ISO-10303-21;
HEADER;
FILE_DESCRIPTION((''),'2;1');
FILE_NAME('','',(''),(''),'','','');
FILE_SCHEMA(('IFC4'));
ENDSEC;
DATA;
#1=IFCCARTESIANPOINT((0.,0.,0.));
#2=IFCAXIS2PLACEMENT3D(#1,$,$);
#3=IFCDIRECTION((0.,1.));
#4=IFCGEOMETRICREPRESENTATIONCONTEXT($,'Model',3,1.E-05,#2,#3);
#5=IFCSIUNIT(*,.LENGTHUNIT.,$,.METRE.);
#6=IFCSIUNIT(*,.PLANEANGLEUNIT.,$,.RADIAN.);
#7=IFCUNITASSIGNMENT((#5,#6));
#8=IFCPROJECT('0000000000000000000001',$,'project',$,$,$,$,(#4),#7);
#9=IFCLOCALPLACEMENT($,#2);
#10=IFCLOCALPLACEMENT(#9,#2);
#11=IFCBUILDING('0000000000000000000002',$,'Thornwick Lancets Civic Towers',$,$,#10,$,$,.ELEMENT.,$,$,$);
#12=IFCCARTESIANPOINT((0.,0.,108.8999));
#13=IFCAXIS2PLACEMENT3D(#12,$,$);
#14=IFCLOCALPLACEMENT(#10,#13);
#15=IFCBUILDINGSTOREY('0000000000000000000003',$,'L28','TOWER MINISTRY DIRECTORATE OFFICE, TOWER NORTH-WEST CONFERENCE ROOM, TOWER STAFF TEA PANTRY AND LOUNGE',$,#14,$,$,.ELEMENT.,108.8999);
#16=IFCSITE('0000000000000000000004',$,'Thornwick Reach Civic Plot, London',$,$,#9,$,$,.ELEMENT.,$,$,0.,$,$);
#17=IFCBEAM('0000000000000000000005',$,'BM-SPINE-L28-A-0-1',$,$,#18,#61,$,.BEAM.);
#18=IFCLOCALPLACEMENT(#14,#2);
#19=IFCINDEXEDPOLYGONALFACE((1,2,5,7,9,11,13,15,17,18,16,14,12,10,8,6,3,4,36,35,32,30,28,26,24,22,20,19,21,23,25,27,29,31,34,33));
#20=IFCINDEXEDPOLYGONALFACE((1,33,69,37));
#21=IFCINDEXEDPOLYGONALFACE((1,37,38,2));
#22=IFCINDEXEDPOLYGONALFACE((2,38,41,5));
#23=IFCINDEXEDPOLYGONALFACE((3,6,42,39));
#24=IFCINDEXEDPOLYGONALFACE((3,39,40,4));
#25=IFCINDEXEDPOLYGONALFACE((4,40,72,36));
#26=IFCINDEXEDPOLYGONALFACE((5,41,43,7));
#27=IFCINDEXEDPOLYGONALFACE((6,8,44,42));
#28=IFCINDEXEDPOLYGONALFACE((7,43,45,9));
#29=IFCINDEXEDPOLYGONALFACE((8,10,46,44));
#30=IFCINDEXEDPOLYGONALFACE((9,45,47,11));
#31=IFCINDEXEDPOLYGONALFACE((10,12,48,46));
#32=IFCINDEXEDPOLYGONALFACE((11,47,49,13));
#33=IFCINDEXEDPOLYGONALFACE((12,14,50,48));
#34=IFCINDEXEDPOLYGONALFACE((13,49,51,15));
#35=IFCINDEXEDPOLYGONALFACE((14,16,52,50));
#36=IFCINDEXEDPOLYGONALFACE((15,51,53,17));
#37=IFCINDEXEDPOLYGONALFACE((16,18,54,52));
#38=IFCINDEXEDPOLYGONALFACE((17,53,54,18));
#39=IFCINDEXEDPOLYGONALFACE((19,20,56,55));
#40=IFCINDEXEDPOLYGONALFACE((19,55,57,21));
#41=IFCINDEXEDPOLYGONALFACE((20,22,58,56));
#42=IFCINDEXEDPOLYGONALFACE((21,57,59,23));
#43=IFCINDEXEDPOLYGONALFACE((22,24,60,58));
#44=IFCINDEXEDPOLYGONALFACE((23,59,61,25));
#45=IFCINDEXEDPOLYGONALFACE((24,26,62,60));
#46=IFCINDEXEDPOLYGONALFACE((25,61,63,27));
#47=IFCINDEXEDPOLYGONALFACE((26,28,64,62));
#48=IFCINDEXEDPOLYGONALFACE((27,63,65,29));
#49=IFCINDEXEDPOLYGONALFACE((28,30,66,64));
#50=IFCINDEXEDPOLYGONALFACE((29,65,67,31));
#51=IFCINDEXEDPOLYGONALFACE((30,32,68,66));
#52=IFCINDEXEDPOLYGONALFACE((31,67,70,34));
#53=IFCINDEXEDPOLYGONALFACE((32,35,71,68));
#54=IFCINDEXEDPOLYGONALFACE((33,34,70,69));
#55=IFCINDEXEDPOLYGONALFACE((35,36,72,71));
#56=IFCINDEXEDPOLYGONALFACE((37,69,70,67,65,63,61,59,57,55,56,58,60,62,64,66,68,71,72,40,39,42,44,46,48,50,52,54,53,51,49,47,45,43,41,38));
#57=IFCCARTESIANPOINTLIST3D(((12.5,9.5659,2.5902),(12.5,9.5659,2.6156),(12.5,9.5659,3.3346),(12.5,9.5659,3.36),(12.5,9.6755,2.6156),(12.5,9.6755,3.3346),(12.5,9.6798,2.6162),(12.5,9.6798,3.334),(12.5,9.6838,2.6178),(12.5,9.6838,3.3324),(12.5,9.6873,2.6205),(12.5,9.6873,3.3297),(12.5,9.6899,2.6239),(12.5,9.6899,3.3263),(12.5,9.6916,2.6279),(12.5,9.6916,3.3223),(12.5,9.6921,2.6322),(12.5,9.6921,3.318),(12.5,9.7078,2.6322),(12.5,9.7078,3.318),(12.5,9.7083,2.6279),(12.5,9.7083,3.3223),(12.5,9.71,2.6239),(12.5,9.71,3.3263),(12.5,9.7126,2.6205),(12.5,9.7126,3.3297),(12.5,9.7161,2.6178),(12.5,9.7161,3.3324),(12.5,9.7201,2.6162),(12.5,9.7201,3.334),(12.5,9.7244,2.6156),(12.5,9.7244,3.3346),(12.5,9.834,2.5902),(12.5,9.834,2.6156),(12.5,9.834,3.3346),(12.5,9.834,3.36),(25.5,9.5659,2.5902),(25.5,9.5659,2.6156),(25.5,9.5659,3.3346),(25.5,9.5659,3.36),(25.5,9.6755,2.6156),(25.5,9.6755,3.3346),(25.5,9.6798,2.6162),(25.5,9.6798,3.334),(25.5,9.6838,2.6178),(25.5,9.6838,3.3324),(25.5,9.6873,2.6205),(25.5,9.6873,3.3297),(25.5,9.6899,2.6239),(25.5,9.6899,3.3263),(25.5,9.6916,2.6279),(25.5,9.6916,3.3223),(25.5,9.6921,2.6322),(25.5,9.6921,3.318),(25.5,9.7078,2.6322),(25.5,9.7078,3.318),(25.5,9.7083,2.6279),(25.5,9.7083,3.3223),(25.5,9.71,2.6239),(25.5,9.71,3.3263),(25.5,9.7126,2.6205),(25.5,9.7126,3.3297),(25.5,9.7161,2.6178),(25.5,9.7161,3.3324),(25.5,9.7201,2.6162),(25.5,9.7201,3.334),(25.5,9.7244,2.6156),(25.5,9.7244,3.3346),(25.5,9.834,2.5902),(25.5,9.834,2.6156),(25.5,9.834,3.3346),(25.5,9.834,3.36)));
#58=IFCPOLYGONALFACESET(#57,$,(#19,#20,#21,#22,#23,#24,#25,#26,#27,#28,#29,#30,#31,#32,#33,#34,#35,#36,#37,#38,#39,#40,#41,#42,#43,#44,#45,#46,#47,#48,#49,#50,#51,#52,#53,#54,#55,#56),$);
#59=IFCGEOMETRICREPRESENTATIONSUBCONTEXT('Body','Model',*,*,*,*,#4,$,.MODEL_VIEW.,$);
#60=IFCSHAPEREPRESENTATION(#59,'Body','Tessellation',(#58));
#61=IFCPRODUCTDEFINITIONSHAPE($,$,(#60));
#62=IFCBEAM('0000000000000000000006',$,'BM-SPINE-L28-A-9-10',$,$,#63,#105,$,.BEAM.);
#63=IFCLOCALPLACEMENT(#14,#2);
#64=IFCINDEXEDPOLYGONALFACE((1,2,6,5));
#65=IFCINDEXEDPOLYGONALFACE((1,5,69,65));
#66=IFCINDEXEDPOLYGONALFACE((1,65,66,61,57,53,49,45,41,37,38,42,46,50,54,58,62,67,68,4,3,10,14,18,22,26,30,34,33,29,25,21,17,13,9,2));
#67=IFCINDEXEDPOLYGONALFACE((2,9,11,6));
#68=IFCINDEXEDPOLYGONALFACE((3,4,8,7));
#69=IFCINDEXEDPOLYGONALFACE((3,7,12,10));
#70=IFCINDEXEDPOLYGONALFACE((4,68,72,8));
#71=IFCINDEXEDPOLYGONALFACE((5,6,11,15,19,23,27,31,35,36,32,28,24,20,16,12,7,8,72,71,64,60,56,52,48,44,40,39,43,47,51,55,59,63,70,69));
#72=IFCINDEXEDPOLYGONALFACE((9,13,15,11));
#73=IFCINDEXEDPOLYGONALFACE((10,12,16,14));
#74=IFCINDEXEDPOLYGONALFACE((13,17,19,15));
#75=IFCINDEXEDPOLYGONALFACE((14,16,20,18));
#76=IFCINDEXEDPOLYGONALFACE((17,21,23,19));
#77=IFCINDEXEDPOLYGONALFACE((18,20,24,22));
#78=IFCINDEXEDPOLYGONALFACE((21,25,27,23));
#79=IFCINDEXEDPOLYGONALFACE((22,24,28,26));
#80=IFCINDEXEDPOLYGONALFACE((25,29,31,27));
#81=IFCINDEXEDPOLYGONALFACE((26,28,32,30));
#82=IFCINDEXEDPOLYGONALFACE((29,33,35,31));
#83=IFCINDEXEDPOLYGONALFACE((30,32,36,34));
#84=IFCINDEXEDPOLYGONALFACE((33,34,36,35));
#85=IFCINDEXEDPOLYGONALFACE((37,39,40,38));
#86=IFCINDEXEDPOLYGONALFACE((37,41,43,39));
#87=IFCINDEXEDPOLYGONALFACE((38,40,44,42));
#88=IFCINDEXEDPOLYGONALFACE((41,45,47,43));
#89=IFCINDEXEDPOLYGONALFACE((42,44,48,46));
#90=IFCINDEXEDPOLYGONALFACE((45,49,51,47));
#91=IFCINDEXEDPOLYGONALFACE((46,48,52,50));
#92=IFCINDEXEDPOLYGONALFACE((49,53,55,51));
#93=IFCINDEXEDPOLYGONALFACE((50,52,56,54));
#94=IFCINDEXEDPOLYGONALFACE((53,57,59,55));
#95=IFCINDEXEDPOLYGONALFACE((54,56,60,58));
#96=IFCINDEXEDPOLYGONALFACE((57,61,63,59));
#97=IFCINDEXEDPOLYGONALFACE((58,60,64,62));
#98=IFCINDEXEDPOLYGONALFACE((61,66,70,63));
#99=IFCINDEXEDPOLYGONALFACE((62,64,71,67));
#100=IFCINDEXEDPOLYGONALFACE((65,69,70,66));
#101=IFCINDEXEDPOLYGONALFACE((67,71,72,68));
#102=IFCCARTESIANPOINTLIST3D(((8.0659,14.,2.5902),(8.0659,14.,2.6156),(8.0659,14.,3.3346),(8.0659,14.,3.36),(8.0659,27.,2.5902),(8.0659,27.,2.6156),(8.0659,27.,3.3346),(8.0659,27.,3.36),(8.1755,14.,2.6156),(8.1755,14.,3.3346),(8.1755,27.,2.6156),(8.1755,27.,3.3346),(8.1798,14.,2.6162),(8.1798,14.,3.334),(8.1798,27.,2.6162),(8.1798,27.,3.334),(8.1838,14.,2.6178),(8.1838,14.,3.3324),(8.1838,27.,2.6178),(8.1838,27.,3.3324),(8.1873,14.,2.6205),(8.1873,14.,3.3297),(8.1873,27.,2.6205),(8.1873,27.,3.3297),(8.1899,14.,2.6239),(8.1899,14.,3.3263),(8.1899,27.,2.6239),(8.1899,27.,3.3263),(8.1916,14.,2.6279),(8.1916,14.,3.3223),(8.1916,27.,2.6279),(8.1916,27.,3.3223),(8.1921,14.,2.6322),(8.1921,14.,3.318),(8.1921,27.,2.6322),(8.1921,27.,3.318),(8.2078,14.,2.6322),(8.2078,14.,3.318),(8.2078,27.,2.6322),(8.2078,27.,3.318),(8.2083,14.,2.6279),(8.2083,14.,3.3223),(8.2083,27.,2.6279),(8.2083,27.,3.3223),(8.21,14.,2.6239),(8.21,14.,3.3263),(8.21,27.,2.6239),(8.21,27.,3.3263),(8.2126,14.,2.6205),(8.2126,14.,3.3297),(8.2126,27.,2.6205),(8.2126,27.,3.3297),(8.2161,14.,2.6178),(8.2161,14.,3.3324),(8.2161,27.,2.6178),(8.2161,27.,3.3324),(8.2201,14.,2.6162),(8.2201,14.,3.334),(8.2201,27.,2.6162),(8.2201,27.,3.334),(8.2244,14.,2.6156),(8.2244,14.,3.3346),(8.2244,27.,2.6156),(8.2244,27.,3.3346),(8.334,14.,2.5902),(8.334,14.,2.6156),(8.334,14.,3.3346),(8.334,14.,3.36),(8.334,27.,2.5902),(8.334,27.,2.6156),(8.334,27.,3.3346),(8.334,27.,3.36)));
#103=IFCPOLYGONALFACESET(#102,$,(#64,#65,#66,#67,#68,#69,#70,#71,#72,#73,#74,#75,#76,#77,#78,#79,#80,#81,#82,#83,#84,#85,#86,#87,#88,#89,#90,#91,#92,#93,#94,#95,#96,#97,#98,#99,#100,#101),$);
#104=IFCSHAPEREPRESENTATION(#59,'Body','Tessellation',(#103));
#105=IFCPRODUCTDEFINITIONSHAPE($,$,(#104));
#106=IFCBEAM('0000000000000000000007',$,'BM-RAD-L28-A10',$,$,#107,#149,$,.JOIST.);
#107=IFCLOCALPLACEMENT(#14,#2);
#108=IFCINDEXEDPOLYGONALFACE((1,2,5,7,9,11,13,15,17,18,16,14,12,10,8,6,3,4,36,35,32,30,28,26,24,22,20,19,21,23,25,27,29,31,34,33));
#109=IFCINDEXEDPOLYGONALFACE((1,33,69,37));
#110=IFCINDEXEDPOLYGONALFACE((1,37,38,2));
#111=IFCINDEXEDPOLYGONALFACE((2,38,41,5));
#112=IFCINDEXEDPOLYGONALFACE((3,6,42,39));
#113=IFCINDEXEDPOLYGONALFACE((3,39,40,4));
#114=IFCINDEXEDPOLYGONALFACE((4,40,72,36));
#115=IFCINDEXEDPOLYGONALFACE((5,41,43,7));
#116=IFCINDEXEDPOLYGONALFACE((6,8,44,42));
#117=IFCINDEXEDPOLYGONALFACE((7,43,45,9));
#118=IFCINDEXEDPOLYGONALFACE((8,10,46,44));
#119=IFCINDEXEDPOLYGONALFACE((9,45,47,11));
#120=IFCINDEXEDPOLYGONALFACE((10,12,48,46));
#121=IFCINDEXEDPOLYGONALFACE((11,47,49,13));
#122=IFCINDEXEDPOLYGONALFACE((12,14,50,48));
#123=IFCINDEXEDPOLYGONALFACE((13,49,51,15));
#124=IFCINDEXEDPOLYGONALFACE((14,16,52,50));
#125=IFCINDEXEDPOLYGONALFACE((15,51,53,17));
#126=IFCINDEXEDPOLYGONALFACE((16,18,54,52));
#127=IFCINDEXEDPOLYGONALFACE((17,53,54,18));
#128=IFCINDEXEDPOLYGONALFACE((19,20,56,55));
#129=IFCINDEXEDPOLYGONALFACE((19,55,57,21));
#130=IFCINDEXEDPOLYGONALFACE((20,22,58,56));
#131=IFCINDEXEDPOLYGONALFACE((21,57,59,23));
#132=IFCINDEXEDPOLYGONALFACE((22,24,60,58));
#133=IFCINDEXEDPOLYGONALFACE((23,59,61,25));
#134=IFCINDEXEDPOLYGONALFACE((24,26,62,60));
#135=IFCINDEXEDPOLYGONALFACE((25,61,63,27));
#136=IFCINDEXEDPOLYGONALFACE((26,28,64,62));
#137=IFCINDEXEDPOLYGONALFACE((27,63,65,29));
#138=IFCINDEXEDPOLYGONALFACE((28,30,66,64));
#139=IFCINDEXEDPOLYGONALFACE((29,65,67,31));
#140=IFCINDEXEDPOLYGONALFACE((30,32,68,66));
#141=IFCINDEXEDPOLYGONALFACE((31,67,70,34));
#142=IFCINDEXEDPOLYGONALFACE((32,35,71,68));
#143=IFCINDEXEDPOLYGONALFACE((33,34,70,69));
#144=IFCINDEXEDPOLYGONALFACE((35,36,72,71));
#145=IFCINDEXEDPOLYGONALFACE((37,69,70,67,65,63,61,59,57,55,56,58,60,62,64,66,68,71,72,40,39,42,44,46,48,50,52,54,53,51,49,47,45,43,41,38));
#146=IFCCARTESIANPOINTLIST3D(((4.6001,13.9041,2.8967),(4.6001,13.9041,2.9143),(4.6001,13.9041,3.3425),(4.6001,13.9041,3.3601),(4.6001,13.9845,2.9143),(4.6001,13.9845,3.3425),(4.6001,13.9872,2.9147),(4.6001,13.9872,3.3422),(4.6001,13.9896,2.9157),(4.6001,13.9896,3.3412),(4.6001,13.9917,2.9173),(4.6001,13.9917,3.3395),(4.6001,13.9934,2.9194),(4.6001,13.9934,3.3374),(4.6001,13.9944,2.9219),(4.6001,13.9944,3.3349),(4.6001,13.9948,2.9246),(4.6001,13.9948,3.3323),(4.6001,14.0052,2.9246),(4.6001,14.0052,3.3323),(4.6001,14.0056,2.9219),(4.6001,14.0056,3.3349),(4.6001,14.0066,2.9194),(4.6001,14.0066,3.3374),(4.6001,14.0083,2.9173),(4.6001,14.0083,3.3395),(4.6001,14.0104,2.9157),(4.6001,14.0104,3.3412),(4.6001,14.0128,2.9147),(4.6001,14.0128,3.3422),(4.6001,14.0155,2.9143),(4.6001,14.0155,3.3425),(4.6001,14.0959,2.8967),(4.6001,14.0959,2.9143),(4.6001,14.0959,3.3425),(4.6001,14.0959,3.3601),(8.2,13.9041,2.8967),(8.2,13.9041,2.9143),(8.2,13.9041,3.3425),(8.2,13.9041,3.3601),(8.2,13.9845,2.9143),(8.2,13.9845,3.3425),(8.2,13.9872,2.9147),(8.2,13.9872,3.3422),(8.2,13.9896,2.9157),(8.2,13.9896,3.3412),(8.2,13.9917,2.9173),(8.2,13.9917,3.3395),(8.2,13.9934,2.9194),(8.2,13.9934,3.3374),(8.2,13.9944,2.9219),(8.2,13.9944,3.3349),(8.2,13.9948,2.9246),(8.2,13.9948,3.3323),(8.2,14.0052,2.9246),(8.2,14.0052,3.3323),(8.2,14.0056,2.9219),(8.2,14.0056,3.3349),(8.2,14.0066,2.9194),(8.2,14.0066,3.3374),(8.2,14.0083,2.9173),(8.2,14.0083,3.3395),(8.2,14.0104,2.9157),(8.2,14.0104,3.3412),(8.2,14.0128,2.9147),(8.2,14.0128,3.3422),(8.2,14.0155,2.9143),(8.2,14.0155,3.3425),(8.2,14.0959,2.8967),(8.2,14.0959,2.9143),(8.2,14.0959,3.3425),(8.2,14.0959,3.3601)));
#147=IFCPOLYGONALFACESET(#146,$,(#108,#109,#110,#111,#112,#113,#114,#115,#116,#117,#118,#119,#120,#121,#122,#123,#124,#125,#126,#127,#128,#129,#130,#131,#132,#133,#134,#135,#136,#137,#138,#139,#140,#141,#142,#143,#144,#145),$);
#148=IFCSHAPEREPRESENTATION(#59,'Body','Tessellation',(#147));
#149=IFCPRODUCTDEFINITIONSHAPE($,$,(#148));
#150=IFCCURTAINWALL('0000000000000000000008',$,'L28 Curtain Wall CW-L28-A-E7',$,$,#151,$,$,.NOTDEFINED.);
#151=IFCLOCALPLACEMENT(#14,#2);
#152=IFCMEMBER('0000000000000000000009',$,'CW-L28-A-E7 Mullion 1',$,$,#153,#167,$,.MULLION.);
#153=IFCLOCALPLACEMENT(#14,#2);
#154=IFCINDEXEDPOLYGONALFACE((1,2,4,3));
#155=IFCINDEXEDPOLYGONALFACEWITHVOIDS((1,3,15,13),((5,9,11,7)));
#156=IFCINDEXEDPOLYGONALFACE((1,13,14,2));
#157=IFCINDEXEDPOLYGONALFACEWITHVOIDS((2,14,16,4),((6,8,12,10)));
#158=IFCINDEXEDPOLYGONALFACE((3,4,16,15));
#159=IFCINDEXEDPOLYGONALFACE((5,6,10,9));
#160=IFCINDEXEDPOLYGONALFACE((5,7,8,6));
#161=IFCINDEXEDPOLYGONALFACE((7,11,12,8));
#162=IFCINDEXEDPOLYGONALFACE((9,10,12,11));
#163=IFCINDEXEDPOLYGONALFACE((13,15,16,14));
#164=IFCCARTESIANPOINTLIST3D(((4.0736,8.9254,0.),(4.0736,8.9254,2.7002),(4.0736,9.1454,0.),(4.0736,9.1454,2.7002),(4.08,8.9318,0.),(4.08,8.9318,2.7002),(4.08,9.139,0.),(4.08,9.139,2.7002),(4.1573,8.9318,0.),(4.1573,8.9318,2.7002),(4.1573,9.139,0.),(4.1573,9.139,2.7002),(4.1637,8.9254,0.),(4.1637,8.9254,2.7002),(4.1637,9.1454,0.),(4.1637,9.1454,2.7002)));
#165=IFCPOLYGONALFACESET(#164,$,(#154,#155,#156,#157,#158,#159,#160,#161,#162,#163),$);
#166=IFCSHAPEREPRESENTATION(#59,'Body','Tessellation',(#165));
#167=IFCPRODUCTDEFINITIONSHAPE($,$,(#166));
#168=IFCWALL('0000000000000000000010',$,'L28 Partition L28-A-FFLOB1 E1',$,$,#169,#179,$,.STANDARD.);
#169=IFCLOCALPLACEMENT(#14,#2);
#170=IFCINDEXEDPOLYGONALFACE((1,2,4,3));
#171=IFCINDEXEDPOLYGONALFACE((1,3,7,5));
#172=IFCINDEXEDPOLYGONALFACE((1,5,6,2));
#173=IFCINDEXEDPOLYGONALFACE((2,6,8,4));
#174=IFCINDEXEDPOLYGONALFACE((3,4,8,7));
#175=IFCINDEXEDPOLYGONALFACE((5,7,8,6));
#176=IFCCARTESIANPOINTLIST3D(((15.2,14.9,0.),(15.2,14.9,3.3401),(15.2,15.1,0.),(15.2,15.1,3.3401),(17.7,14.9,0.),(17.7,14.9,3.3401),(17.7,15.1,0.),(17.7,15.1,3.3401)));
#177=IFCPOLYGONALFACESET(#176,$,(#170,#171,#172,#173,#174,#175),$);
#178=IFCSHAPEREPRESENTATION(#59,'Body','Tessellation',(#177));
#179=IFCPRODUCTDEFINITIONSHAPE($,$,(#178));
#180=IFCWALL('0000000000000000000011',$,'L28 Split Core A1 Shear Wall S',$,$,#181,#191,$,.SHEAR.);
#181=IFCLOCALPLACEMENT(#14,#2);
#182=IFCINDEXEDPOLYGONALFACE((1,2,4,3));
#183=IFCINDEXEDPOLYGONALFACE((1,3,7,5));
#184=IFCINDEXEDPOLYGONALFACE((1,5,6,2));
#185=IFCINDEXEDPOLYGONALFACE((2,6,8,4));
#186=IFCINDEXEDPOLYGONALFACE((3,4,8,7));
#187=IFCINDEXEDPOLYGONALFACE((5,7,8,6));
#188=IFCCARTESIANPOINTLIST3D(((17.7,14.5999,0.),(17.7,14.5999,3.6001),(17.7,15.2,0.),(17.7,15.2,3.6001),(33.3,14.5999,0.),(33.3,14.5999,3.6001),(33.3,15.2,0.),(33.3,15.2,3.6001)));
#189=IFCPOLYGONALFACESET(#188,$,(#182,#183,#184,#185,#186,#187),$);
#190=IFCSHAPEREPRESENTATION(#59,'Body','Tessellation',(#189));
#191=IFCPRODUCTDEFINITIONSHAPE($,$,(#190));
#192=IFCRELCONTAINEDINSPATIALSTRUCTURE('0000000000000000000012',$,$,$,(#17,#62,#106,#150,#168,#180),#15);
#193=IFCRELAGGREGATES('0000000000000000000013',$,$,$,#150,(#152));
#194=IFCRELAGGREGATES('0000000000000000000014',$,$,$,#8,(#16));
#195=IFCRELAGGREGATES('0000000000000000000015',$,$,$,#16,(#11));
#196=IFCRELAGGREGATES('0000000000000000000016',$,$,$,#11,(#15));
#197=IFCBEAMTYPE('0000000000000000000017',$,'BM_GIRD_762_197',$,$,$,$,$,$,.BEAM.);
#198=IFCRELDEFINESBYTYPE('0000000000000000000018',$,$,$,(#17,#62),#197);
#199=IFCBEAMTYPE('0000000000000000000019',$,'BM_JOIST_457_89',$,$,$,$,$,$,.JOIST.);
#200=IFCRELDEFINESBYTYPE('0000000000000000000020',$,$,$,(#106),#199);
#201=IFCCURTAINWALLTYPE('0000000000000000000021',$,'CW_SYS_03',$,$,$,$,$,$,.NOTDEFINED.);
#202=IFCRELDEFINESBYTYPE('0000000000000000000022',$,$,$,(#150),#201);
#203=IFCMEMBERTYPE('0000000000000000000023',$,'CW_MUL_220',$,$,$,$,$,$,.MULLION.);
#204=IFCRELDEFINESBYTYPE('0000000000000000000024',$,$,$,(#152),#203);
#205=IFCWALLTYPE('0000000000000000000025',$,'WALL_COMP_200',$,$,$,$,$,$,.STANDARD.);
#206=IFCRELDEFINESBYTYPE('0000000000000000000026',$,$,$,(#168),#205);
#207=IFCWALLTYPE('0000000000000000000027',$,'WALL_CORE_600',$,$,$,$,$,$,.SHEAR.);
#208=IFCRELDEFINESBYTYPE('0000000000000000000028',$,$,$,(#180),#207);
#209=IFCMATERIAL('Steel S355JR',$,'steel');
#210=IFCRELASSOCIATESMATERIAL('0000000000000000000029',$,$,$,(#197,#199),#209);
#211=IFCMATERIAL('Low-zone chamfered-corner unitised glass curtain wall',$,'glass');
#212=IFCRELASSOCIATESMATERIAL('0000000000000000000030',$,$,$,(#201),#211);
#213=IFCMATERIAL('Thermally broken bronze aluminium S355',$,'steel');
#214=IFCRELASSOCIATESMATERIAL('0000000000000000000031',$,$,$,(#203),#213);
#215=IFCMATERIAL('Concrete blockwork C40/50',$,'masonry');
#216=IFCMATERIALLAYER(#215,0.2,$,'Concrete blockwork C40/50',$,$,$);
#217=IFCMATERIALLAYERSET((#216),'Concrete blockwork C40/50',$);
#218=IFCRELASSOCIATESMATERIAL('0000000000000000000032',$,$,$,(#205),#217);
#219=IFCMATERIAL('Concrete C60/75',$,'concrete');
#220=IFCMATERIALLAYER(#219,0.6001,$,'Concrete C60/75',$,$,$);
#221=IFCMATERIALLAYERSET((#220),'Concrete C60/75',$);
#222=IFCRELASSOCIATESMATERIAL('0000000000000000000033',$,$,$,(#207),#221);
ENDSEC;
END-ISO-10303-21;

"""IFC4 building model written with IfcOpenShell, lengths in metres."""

from ifc_helpers import new_model, si_unit, direction, frame, frame_2d, origin, origin_2d, place, context, subcontext, project, spatial, rectangle, hollow_rectangle, i_section, extrude, material, layer, layer_set, material_profile, profile_set, type_object, element, aggregate, save


model = new_model("IFC4")

# Units and contexts
model_context = context("Model", 3, precision=1e-05, world=origin(), true_north=direction((0.0, 1.0)))
body_context = subcontext(model_context, "Body", "Model", "MODEL_VIEW")
ifc_project = project(units=[si_unit("LENGTHUNIT", "METRE"), si_unit("PLANEANGLEUNIT", "RADIAN")], contexts=[model_context])

# Site, building, storey
site_placement = place(None, origin())
site = spatial("IfcSite", under=ifc_project, at=site_placement, Name="Thornwick Reach Civic Plot, London", CompositionType="ELEMENT", RefElevation=0.0)
building_placement = place(site_placement, origin())
building = spatial("IfcBuilding", under=site, at=building_placement, Name="Thornwick Lancets Civic Towers", CompositionType="ELEMENT")
storey_placement = place(building_placement, frame((0.0, 0.0, 108.8999)))
storey = spatial("IfcBuildingStorey", under=building, at=storey_placement, Name="L28", Description="TOWER MINISTRY DIRECTORATE OFFICE, TOWER NORTH-WEST CONFERENCE ROOM, TOWER STAFF TEA PANTRY AND LOUNGE", CompositionType="ELEMENT", Elevation=108.8999)

# Shared definitions
ifc_material_1 = material(Name="Concrete C60/75", Category="concrete")

# Beams
ifc_material_2 = material(Name="Steel S355JR", Category="steel")
ifc_material_profile_1 = material_profile(ifc_material_2, i_section(OverallWidth=0.2681, OverallDepth=0.7698, WebThickness=0.0156, FlangeThickness=0.0254, FilletRadius=0.0166, at=origin_2d()), Name="UKB 762x267x197")
ifc_profile_set_1 = profile_set([ifc_material_profile_1], Name="Steel S355JR")
beam_type_1 = type_object("IfcBeamType", Name="BM_GIRD_762_197", PredefinedType="BEAM", material=ifc_profile_set_1)
for number, where, z_axis, x_axis, name in (
    (1, (12.5, 9.7, 2.9751), (1.0, 0.0, 0.0), (0.0, 1.0, 0.0), "BM-SPINE-L28-A-0-1"),
    (2, (8.2, 14.0, 2.9751), (0.0, 1.0, 0.0), (-1.0, 0.0, 0.0), "BM-SPINE-L28-A-9-10"),
):
    element("IfcBeam", number, at=place(storey_placement, frame(where, z_axis=z_axis, x_axis=x_axis)), inside=storey, type_object=beam_type_1, Name=name, PredefinedType="BEAM", context=body_context, shape_type="SweptSolid", body=[
        extrude(i_section(OverallWidth=0.2681, OverallDepth=0.7698, WebThickness=0.0156, FlangeThickness=0.0254, FilletRadius=0.0166, at=origin_2d()), origin(), (0.0, 0.0, 1.0), 13.0),
    ])
ifc_material_profile_2 = material_profile(ifc_material_2, i_section(OverallWidth=0.1919, OverallDepth=0.4634, WebThickness=0.0105, FlangeThickness=0.0176, FilletRadius=0.0103, at=origin_2d()), Name="UKB 457x191x89")
ifc_profile_set_2 = profile_set([ifc_material_profile_2], Name="Steel S355JR")
beam_type_2 = type_object("IfcBeamType", Name="BM_JOIST_457_89", PredefinedType="JOIST", material=ifc_profile_set_2)
beam_1_placement = place(storey_placement, frame((8.2, 14.0, 3.1284), z_axis=(-1.0, 0.0, 0.0), x_axis=(0.0, -1.0, 0.0)))
element("IfcBeam", 3, at=beam_1_placement, inside=storey, type_object=beam_type_2, Name="BM-RAD-L28-A10", PredefinedType="JOIST", context=body_context, shape_type="SweptSolid", body=[
    extrude(i_section(OverallWidth=0.1919, OverallDepth=0.4634, WebThickness=0.0105, FlangeThickness=0.0176, FilletRadius=0.0103, at=origin_2d()), origin(), (0.0, 0.0, 1.0), 3.5999),
])

# Curtain wall, member
ifc_material_3 = material(Name="Low-zone chamfered-corner unitised glass curtain wall", Category="glass")
curtain_wall_type = type_object("IfcCurtainWallType", Name="CW_SYS_03", PredefinedType="NOTDEFINED", material=ifc_material_3)
curtain_wall_placement = place(storey_placement, origin())
curtain_wall = element("IfcCurtainWall", 4, at=curtain_wall_placement, inside=storey, type_object=curtain_wall_type, Name="L28 Curtain Wall CW-L28-A-E7", PredefinedType="NOTDEFINED")
ifc_material_4 = material(Name="Thermally broken bronze aluminium S355", Category="steel")
ifc_material_profile_3 = material_profile(ifc_material_4, hollow_rectangle(XDim=0.0901, YDim=0.22, WallThickness=0.0063, at=origin_2d()), Name="RHS 220x90x6.3")
ifc_profile_set_3 = profile_set([ifc_material_profile_3], Name="Thermally broken bronze aluminium S355")
member_type = type_object("IfcMemberType", Name="CW_MUL_220", PredefinedType="MULLION", material=ifc_profile_set_3)
member_placement = place(storey_placement, frame((4.1187, 9.0354, 0.0), z_axis=(0.0, 0.0, 1.0), x_axis=(1.0, 0.0, 0.0)))
member = element("IfcMember", 5, at=member_placement, type_object=member_type, Name="CW-L28-A-E7 Mullion 1", PredefinedType="MULLION", context=body_context, shape_type="SweptSolid", body=[
    extrude(hollow_rectangle(XDim=0.0901, YDim=0.22, WallThickness=0.0063, at=origin_2d()), origin(), (0.0, 0.0, 1.0), 2.7002),
])
aggregate(curtain_wall, [member])

# Walls
ifc_material_5 = material(Name="Concrete blockwork C40/50", Category="masonry")
ifc_layer_1 = layer(ifc_material_5, 0.2, Name="Concrete blockwork C40/50")
ifc_layer_set_1 = layer_set([ifc_layer_1], Name="Concrete blockwork C40/50")
wall_type_1 = type_object("IfcWallType", Name="WALL_COMP_200", PredefinedType="STANDARD", material=ifc_layer_set_1)
wall_1_placement = place(storey_placement, frame((15.2, 15.0, 0.0), z_axis=(0.0, 0.0, 1.0), x_axis=(1.0, 0.0, 0.0)))
element("IfcWall", 6, at=wall_1_placement, inside=storey, type_object=wall_type_1, Name="L28 Partition L28-A-FFLOB1 E1", PredefinedType="STANDARD", context=body_context, shape_type="SweptSolid", body=[
    extrude(rectangle(XDim=2.5, YDim=0.2, at=frame_2d((1.25, 0.0))), origin(), (0.0, 0.0, 1.0), 3.3401),
])
ifc_layer_2 = layer(ifc_material_1, 0.6001, Name="Concrete C60/75")
ifc_layer_set_2 = layer_set([ifc_layer_2], Name="Concrete C60/75")
wall_type_2 = type_object("IfcWallType", Name="WALL_CORE_600", PredefinedType="SHEAR", material=ifc_layer_set_2)
wall_2_placement = place(storey_placement, frame((17.7, 14.8999, 0.0), z_axis=(0.0, 0.0, 1.0), x_axis=(1.0, 0.0, 0.0)))
element("IfcWall", 7, at=wall_2_placement, inside=storey, type_object=wall_type_2, Name="L28 Split Core A1 Shear Wall S", PredefinedType="SHEAR", context=body_context, shape_type="SweptSolid", body=[
    extrude(rectangle(XDim=15.6001, YDim=0.6001, at=frame_2d((7.8, 0.0))), origin(), (0.0, 0.0, 1.0), 3.6001),
])

save(model, "model.ifc")
